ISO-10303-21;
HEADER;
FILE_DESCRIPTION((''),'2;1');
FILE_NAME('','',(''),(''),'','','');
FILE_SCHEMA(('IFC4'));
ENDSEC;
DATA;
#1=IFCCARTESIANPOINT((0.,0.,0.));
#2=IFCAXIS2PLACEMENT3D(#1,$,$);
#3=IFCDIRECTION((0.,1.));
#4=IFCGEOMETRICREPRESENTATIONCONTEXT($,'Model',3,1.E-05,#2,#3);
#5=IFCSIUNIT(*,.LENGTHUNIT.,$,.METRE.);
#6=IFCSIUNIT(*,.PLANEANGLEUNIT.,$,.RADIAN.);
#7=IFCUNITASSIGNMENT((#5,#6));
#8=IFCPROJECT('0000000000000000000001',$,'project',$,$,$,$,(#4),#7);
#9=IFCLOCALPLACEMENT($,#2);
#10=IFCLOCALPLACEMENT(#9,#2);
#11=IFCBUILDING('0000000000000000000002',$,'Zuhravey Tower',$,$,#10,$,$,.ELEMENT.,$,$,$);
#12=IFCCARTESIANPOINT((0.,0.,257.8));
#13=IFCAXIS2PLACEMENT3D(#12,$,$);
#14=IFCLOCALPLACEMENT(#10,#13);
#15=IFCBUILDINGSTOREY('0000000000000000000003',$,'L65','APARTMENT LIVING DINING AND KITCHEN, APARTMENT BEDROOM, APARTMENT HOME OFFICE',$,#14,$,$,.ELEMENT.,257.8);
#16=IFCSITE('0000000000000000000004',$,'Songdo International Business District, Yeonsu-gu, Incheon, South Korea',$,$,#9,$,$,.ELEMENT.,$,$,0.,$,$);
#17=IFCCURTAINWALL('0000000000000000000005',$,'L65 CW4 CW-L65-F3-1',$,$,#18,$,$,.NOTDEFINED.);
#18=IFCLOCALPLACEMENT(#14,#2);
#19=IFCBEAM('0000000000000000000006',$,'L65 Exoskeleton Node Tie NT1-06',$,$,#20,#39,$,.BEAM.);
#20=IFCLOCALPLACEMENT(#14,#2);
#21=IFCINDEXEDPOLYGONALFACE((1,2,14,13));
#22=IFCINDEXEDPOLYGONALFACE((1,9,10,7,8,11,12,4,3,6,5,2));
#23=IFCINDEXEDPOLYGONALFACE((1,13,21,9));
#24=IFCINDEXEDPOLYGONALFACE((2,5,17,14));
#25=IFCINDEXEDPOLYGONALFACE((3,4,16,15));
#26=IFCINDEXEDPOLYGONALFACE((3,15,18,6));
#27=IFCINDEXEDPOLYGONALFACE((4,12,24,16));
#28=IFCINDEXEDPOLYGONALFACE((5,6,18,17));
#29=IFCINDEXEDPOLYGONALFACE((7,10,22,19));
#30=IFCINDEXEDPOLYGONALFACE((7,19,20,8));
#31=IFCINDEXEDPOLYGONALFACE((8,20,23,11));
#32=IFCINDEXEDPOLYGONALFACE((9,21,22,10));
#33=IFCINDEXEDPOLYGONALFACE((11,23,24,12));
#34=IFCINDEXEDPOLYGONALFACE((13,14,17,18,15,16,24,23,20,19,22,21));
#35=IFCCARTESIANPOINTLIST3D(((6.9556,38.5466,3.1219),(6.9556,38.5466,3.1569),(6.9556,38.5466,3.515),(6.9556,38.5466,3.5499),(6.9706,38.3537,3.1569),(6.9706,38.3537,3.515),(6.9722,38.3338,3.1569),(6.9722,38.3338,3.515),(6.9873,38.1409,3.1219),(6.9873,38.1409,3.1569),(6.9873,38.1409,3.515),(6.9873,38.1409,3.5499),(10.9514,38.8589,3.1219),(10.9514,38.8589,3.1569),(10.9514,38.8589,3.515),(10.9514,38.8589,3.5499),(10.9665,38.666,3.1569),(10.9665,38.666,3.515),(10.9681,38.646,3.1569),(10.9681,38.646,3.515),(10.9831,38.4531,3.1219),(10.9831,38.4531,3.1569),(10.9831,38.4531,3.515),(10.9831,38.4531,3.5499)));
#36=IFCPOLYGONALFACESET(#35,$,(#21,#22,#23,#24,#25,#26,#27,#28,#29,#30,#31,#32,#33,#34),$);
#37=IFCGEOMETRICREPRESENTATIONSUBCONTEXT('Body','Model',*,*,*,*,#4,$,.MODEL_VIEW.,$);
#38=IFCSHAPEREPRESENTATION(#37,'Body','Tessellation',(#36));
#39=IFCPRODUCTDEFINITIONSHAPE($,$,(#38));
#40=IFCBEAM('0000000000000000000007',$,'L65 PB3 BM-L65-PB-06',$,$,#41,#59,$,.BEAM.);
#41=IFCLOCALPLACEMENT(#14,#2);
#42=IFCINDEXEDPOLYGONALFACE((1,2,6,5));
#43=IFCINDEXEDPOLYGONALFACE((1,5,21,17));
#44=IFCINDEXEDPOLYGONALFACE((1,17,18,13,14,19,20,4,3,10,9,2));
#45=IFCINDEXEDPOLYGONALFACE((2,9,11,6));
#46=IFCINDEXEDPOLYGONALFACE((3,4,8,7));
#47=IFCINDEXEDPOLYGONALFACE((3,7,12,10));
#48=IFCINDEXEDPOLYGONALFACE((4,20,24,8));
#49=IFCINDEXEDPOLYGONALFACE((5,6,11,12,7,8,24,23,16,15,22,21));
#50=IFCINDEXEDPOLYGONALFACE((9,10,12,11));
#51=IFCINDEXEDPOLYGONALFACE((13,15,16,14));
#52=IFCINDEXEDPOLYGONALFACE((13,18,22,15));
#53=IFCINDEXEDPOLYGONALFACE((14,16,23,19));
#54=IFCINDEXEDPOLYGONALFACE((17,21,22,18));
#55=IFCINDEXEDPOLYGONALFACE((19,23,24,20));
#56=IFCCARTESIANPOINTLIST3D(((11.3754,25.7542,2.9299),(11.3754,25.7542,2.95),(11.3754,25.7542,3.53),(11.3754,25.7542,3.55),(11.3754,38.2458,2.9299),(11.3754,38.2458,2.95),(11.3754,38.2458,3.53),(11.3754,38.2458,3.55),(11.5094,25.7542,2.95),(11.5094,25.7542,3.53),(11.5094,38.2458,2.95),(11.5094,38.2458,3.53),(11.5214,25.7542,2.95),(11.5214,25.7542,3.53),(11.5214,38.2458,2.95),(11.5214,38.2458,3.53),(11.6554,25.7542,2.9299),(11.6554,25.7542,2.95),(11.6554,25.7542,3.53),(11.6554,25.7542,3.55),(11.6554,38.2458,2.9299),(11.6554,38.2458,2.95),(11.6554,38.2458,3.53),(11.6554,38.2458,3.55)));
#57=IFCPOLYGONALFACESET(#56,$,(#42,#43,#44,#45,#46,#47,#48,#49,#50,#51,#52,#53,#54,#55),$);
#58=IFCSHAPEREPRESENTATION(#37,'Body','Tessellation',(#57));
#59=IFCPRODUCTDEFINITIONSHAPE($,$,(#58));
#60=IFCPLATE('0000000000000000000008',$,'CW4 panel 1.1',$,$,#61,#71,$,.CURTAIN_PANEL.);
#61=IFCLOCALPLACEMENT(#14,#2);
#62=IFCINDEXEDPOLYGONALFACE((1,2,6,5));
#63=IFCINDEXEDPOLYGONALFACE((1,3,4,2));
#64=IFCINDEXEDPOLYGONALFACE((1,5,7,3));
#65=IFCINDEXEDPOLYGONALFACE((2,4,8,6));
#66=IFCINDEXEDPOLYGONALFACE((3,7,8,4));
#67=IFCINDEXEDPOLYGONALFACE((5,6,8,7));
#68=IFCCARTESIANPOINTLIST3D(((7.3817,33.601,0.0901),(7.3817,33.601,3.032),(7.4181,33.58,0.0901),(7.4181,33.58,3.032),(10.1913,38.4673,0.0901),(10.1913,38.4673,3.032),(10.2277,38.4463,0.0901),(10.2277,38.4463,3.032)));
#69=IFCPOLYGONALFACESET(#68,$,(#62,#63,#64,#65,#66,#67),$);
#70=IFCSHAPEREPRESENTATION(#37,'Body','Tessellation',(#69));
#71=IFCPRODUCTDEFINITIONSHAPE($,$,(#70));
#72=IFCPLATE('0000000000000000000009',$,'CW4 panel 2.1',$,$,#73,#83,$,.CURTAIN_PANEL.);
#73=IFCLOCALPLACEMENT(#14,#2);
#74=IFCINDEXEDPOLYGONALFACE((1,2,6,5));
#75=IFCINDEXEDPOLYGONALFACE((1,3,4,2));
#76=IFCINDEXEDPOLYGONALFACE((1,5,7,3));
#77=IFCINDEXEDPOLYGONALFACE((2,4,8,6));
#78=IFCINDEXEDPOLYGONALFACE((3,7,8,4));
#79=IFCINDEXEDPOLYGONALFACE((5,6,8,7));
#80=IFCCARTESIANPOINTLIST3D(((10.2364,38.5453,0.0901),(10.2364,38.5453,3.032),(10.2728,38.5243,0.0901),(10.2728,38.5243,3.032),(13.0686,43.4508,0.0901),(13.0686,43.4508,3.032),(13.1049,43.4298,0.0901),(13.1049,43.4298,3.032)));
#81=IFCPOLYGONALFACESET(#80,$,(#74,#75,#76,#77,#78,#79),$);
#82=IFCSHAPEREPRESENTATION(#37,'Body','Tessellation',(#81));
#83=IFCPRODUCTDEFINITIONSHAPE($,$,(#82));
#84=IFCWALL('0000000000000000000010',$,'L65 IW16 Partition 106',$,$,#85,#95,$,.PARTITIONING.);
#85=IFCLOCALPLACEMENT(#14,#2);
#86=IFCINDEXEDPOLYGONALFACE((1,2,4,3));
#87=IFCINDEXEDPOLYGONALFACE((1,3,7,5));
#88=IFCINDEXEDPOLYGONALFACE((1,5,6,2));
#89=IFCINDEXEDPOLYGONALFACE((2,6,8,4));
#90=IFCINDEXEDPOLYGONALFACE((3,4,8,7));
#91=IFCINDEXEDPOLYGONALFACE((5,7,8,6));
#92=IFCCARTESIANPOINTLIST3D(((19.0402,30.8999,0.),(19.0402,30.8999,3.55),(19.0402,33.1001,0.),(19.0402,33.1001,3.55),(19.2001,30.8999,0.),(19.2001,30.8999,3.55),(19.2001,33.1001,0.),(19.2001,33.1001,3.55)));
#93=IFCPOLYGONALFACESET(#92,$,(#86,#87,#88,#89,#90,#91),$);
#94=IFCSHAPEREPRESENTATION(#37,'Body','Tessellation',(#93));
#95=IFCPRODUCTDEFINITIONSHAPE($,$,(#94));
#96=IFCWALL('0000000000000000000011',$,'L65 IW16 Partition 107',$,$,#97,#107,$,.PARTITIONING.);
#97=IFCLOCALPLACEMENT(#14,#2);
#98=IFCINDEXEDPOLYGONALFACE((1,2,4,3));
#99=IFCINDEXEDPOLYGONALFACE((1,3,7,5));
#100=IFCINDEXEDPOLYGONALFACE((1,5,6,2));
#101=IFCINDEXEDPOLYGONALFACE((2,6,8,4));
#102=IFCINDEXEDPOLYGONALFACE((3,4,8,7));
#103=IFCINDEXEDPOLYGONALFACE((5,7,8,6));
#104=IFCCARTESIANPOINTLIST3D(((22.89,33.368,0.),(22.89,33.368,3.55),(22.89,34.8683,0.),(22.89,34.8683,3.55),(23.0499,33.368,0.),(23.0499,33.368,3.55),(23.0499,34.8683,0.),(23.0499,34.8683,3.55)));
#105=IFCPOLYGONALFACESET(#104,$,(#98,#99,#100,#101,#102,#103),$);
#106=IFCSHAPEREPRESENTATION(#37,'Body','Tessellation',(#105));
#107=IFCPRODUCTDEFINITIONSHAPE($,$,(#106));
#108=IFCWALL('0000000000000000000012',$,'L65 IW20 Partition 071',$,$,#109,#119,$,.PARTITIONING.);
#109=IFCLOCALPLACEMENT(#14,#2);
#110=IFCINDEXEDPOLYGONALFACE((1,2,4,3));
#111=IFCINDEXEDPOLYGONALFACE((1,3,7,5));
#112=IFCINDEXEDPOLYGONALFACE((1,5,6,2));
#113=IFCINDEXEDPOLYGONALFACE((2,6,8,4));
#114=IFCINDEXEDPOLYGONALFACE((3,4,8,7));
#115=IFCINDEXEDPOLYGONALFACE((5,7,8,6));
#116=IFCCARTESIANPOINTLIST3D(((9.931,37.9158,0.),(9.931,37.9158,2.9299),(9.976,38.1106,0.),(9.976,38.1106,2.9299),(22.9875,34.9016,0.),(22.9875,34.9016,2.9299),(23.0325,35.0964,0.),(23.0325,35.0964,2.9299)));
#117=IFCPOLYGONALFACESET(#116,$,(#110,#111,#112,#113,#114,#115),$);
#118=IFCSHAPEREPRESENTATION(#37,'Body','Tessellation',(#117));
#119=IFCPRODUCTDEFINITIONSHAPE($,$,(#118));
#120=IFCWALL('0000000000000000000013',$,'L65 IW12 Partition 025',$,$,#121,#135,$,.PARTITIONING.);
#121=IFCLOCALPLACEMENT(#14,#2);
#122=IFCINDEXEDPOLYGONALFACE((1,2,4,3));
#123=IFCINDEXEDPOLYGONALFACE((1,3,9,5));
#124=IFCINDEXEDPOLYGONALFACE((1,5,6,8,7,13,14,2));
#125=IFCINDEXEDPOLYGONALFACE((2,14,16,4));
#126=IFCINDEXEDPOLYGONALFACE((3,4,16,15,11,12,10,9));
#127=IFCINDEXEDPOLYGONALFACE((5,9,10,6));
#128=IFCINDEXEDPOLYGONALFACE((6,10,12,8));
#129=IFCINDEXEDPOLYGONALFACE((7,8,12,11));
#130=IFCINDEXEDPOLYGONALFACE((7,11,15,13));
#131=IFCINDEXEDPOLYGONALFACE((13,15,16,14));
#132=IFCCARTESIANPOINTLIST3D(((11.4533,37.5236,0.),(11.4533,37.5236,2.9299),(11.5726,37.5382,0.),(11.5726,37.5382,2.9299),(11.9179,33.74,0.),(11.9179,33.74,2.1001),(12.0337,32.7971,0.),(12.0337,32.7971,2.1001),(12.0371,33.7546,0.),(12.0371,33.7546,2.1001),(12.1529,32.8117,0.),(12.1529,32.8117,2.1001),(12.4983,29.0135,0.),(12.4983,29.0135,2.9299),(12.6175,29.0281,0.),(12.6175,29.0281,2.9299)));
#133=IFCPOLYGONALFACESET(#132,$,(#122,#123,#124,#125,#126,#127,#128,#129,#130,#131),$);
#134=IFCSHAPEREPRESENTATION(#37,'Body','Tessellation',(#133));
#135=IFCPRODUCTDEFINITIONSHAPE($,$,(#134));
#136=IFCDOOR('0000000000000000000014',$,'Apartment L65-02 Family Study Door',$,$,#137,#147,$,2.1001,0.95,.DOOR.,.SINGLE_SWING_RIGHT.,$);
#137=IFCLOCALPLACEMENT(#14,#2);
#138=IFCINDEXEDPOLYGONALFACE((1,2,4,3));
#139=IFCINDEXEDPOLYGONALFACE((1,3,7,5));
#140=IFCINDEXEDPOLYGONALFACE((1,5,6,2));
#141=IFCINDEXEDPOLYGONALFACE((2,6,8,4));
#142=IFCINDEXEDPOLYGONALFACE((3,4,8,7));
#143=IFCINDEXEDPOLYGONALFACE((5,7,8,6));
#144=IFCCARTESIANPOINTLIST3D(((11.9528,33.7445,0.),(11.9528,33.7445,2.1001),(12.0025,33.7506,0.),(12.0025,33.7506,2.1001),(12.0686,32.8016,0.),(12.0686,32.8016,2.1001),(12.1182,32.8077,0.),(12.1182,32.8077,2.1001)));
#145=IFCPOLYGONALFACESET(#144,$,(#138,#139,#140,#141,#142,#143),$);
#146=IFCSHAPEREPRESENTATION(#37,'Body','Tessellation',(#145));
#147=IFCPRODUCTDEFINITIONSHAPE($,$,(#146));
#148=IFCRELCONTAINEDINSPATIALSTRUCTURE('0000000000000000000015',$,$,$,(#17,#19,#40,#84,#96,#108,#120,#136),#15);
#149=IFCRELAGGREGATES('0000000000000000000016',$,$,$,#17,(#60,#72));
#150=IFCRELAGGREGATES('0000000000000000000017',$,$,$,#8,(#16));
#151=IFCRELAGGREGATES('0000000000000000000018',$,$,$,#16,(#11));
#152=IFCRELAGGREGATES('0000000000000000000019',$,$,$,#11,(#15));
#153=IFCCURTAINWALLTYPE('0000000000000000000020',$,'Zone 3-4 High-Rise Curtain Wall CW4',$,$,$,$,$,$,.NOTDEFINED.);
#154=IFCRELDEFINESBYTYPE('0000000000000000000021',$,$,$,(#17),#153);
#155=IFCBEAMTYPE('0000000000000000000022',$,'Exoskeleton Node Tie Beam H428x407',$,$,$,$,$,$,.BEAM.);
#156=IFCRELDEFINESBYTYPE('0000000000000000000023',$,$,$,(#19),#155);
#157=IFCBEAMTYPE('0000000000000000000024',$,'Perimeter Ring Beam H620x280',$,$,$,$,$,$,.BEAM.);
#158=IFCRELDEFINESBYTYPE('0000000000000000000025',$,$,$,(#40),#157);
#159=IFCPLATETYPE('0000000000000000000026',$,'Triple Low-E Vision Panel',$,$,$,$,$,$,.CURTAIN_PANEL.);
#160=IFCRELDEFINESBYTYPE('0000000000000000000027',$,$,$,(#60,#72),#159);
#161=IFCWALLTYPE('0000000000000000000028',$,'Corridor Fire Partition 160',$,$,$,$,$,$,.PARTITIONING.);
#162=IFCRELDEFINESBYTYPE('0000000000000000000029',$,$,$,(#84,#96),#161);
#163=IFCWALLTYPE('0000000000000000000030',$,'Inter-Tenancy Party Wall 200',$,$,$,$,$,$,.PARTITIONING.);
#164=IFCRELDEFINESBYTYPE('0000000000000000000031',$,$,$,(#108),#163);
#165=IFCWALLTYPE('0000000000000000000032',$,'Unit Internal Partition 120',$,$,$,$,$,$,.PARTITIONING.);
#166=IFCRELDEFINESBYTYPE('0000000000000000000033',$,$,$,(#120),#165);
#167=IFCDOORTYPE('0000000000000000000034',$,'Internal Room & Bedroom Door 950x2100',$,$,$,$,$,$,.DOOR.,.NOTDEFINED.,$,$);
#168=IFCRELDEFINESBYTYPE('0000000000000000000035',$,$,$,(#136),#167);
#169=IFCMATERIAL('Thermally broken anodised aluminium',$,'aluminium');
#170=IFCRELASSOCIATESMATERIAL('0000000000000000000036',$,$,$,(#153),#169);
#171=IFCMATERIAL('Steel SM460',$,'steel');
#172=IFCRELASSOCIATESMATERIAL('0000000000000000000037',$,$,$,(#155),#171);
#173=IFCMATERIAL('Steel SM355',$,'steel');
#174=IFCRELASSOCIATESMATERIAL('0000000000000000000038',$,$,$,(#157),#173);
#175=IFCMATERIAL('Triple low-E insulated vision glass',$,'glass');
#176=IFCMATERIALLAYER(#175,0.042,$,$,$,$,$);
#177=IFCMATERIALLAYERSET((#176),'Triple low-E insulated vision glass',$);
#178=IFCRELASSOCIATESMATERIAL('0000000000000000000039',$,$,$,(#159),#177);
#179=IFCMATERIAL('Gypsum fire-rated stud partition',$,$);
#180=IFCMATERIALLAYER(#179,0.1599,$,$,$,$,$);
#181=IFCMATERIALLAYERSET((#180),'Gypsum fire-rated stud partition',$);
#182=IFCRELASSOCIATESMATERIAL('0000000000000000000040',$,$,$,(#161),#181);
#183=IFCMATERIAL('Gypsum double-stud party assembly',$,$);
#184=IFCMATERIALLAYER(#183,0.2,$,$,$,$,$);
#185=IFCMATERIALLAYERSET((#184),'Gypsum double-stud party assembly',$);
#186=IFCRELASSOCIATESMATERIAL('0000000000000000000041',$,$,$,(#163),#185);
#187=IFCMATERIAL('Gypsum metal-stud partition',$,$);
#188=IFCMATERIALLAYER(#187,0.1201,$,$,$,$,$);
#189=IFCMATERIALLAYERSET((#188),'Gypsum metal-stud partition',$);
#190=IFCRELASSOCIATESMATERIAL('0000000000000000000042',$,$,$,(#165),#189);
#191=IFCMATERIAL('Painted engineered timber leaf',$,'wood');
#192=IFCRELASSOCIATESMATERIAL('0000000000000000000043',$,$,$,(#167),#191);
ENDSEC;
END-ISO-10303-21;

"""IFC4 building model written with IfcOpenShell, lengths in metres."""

from ifc_helpers import new_model, si_unit, direction, frame, frame_2d, origin, origin_2d, place, context, subcontext, project, spatial, rectangle, i_section, extrude, material, layer, layer_set, material_profile, profile_set, type_object, element, fill, aggregate, save


model = new_model("IFC4")

# Units and contexts
model_context = context("Model", 3, precision=1e-05, world=origin(), true_north=direction((0.0, 1.0)))
body_context = subcontext(model_context, "Body", "Model", "MODEL_VIEW")
ifc_project = project(units=[si_unit("LENGTHUNIT", "METRE"), si_unit("PLANEANGLEUNIT", "RADIAN")], contexts=[model_context])

# Site, building, storey
site_placement = place(None, origin())
site = spatial("IfcSite", under=ifc_project, at=site_placement, Name="Songdo International Business District, Yeonsu-gu, Incheon, South Korea", CompositionType="ELEMENT", RefElevation=0.0)
building_placement = place(site_placement, origin())
building = spatial("IfcBuilding", under=site, at=building_placement, Name="Zuhravey Tower", CompositionType="ELEMENT")
storey_placement = place(building_placement, frame((0.0, 0.0, 257.8)))
storey = spatial("IfcBuildingStorey", under=building, at=storey_placement, Name="L65", Description="APARTMENT LIVING DINING AND KITCHEN, APARTMENT BEDROOM, APARTMENT HOME OFFICE", CompositionType="ELEMENT", Elevation=257.8)

# Curtain wall
ifc_material_1 = material(Name="Thermally broken anodised aluminium", Category="aluminium")
curtain_wall_type = type_object("IfcCurtainWallType", Name="Zone 3-4 High-Rise Curtain Wall CW4", PredefinedType="NOTDEFINED", material=ifc_material_1)
curtain_wall_placement = place(storey_placement, origin())
curtain_wall = element("IfcCurtainWall", 1, at=curtain_wall_placement, inside=storey, type_object=curtain_wall_type, Name="L65 CW4 CW-L65-F3-1", PredefinedType="NOTDEFINED")

# Beams
ifc_material_2 = material(Name="Steel SM460", Category="steel")
ifc_material_profile_1 = material_profile(ifc_material_2, i_section(OverallWidth=0.407, OverallDepth=0.428, WebThickness=0.02, FlangeThickness=0.0349, at=origin_2d()), Name="H-428x407x20x35")
ifc_profile_set_1 = profile_set([ifc_material_profile_1], Name="Steel SM460")
beam_type_1 = type_object("IfcBeamType", Name="Exoskeleton Node Tie Beam H428x407", PredefinedType="BEAM", material=ifc_profile_set_1)
beam_1_placement = place(storey_placement, frame((10.9673, 38.656, 3.3359), z_axis=(-0.996961, -0.077908, 0.0), x_axis=(0.077908, -0.996961, 0.0)))
element("IfcBeam", 2, at=beam_1_placement, inside=storey, type_object=beam_type_1, Name="L65 Exoskeleton Node Tie NT1-06", PredefinedType="BEAM", context=body_context, shape_type="SweptSolid", body=[
    extrude(i_section(OverallWidth=0.407, OverallDepth=0.428, WebThickness=0.02, FlangeThickness=0.0349, at=origin_2d()), origin(), (0.0, 0.0, 1.0), 4.0081),
])
ifc_material_3 = material(Name="Steel SM355", Category="steel")
ifc_material_profile_2 = material_profile(ifc_material_3, i_section(OverallWidth=0.28, OverallDepth=0.6201, WebThickness=0.012, FlangeThickness=0.02, at=origin_2d()), Name="H-620x280x12x20")
ifc_profile_set_2 = profile_set([ifc_material_profile_2], Name="Steel SM355")
beam_type_2 = type_object("IfcBeamType", Name="Perimeter Ring Beam H620x280", PredefinedType="BEAM", material=ifc_profile_set_2)
beam_2_placement = place(storey_placement, frame((11.5154, 38.2458, 3.24), z_axis=(0.0, -1.0, 0.0), x_axis=(1.0, 0.0, 0.0)))
element("IfcBeam", 3, at=beam_2_placement, inside=storey, type_object=beam_type_2, Name="L65 PB3 BM-L65-PB-06", PredefinedType="BEAM", context=body_context, shape_type="SweptSolid", body=[
    extrude(i_section(OverallWidth=0.28, OverallDepth=0.6201, WebThickness=0.012, FlangeThickness=0.02, at=origin_2d()), origin(), (0.0, 0.0, 1.0), 12.4917),
])

# Plates
ifc_material_4 = material(Name="Triple low-E insulated vision glass", Category="glass")
ifc_layer_1 = layer(ifc_material_4, 0.042)
ifc_layer_set_1 = layer_set([ifc_layer_1], Name="Triple low-E insulated vision glass")
plate_type = type_object("IfcPlateType", Name="Triple Low-E Vision Panel", PredefinedType="CURTAIN_PANEL", material=ifc_layer_set_1)
plate_1_placement = place(storey_placement, frame((8.8047, 36.0237, 0.0901), z_axis=(0.0, 0.0, 1.0), x_axis=(0.500003, 0.866024, 0.0)))
plate_1 = element("IfcPlate", 4, at=plate_1_placement, type_object=plate_type, Name="CW4 panel 1.1", PredefinedType="CURTAIN_PANEL", context=body_context, shape_type="SweptSolid", body=[
    extrude(rectangle(XDim=5.6191, YDim=0.042, at=origin_2d()), origin(), (0.0, 0.0, 1.0), 2.9419),
])
plate_2_placement = place(storey_placement, frame((11.6707, 40.9875, 0.0901), z_axis=(0.0, 0.0, 1.0), x_axis=(0.500003, 0.866024, 0.0)))
plate_2 = element("IfcPlate", 5, at=plate_2_placement, type_object=plate_type, Name="CW4 panel 2.1", PredefinedType="CURTAIN_PANEL", context=body_context, shape_type="SweptSolid", body=[
    extrude(rectangle(XDim=5.6643, YDim=0.042, at=origin_2d()), origin(), (0.0, 0.0, 1.0), 2.9419),
])
aggregate(curtain_wall, [plate_1, plate_2])

# Shared definitions
ifc_material_5 = material(Name="Gypsum fire-rated stud partition")
ifc_layer_2 = layer(ifc_material_5, 0.1599)
ifc_layer_set_2 = layer_set([ifc_layer_2], Name="Gypsum fire-rated stud partition")
wall_type_1 = type_object("IfcWallType", Name="Corridor Fire Partition 160", PredefinedType="PARTITIONING", material=ifc_layer_set_2)

# Walls
wall_1_placement = place(storey_placement, frame((19.1201, 33.1001, 0.0), z_axis=(0.0, 0.0, 1.0), x_axis=(0.0, -1.0, 0.0)))
element("IfcWall", 6, at=wall_1_placement, inside=storey, type_object=wall_type_1, Name="L65 IW16 Partition 106", PredefinedType="PARTITIONING", context=body_context, shape_type="SweptSolid", body=[
    extrude(rectangle(XDim=2.2002, YDim=0.1599, at=frame_2d((1.1001, 0.0))), origin(), (0.0, 0.0, 1.0), 3.55),
])
wall_2_placement = place(storey_placement, frame((22.97, 34.8682, 0.0), z_axis=(0.0, 0.0, 1.0), x_axis=(0.0, -1.0, 0.0)))
element("IfcWall", 7, at=wall_2_placement, inside=storey, type_object=wall_type_1, Name="L65 IW16 Partition 107", PredefinedType="PARTITIONING", context=body_context, shape_type="SweptSolid", body=[
    extrude(rectangle(XDim=1.5002, YDim=0.1599, at=frame_2d((0.75, 0.0))), origin(), (0.0, 0.0, 1.0), 3.55),
])
ifc_material_6 = material(Name="Gypsum double-stud party assembly")
ifc_layer_3 = layer(ifc_material_6, 0.2)
ifc_layer_set_3 = layer_set([ifc_layer_3], Name="Gypsum double-stud party assembly")
wall_type_2 = type_object("IfcWallType", Name="Inter-Tenancy Party Wall 200", PredefinedType="PARTITIONING", material=ifc_layer_set_3)
wall_3_placement = place(storey_placement, frame((23.01, 34.999, 0.0), z_axis=(0.0, 0.0, 1.0), x_axis=(-0.974372, 0.224941, 0.0)))
element("IfcWall", 8, at=wall_3_placement, inside=storey, type_object=wall_type_2, Name="L65 IW20 Partition 071", PredefinedType="PARTITIONING", context=body_context, shape_type="SweptSolid", body=[
    extrude(rectangle(XDim=13.3999, YDim=0.2, at=frame_2d((6.7, 0.0))), origin(), (0.0, 0.0, 1.0), 2.9299),
])

# Wall, opening, door
ifc_material_7 = material(Name="Gypsum metal-stud partition")
ifc_layer_4 = layer(ifc_material_7, 0.1201)
ifc_layer_set_4 = layer_set([ifc_layer_4], Name="Gypsum metal-stud partition")
wall_type_3 = type_object("IfcWallType", Name="Unit Internal Partition 120", PredefinedType="PARTITIONING", material=ifc_layer_set_4)
wall_4_placement = place(storey_placement, frame((11.5129, 37.531, 0.0), z_axis=(0.0, 0.0, 1.0), x_axis=(0.121872, -0.992546, 0.0)))
wall_4 = element("IfcWall", 9, at=wall_4_placement, inside=storey, type_object=wall_type_3, Name="L65 IW12 Partition 025", PredefinedType="PARTITIONING", context=body_context, shape_type="SweptSolid", body=[
    extrude(rectangle(XDim=8.574, YDim=0.1201, at=frame_2d((4.2871, 0.0))), origin(), (0.0, 0.0, 1.0), 2.9299),
])
opening_1_placement = place(wall_4_placement, frame((3.812, 0.0, 0.0)))
opening_1 = element("IfcOpeningElement", 10, at=opening_1_placement, cuts=wall_4, PredefinedType="OPENING", context=body_context, shape_type="SweptSolid", body=[
    extrude(rectangle(XDim=0.95, YDim=2.1001, at=frame_2d((0.4751, 1.05))), frame((0.0, 0.072, 0.0), z_axis=(0.0, -1.0, 0.0), x_axis=(1.0, 0.0, 0.0)), (0.0, 0.0, 1.0), 0.144),
])
ifc_material_8 = material(Name="Painted engineered timber leaf", Category="wood")
door_type_1 = type_object("IfcDoorType", Name="Internal Room & Bedroom Door 950x2100", OperationType="NOTDEFINED", PredefinedType="DOOR", material=ifc_material_8)
door_1_placement = place(opening_1_placement, frame((0.95, 0.0, 0.0), z_axis=(0.0, 0.0, 1.0), x_axis=(-1.0, 0.0, 0.0)))
door_1 = element("IfcDoor", 11, at=door_1_placement, inside=storey, type_object=door_type_1, Name="Apartment L65-02 Family Study Door", OperationType="SINGLE_SWING_RIGHT", OverallHeight=2.1001, OverallWidth=0.95, PredefinedType="DOOR", context=body_context, shape_type="SweptSolid", body=[
    extrude(rectangle(XDim=0.95, YDim=2.1001, at=frame_2d((0.4751, 1.05))), frame((0.0, 0.0249, 0.0), z_axis=(0.0, -1.0, 0.0), x_axis=(1.0, 0.0, 0.0)), (0.0, 0.0, 1.0), 0.05),
])
fill(opening_1, door_1)

save(model, "model.ifc")
